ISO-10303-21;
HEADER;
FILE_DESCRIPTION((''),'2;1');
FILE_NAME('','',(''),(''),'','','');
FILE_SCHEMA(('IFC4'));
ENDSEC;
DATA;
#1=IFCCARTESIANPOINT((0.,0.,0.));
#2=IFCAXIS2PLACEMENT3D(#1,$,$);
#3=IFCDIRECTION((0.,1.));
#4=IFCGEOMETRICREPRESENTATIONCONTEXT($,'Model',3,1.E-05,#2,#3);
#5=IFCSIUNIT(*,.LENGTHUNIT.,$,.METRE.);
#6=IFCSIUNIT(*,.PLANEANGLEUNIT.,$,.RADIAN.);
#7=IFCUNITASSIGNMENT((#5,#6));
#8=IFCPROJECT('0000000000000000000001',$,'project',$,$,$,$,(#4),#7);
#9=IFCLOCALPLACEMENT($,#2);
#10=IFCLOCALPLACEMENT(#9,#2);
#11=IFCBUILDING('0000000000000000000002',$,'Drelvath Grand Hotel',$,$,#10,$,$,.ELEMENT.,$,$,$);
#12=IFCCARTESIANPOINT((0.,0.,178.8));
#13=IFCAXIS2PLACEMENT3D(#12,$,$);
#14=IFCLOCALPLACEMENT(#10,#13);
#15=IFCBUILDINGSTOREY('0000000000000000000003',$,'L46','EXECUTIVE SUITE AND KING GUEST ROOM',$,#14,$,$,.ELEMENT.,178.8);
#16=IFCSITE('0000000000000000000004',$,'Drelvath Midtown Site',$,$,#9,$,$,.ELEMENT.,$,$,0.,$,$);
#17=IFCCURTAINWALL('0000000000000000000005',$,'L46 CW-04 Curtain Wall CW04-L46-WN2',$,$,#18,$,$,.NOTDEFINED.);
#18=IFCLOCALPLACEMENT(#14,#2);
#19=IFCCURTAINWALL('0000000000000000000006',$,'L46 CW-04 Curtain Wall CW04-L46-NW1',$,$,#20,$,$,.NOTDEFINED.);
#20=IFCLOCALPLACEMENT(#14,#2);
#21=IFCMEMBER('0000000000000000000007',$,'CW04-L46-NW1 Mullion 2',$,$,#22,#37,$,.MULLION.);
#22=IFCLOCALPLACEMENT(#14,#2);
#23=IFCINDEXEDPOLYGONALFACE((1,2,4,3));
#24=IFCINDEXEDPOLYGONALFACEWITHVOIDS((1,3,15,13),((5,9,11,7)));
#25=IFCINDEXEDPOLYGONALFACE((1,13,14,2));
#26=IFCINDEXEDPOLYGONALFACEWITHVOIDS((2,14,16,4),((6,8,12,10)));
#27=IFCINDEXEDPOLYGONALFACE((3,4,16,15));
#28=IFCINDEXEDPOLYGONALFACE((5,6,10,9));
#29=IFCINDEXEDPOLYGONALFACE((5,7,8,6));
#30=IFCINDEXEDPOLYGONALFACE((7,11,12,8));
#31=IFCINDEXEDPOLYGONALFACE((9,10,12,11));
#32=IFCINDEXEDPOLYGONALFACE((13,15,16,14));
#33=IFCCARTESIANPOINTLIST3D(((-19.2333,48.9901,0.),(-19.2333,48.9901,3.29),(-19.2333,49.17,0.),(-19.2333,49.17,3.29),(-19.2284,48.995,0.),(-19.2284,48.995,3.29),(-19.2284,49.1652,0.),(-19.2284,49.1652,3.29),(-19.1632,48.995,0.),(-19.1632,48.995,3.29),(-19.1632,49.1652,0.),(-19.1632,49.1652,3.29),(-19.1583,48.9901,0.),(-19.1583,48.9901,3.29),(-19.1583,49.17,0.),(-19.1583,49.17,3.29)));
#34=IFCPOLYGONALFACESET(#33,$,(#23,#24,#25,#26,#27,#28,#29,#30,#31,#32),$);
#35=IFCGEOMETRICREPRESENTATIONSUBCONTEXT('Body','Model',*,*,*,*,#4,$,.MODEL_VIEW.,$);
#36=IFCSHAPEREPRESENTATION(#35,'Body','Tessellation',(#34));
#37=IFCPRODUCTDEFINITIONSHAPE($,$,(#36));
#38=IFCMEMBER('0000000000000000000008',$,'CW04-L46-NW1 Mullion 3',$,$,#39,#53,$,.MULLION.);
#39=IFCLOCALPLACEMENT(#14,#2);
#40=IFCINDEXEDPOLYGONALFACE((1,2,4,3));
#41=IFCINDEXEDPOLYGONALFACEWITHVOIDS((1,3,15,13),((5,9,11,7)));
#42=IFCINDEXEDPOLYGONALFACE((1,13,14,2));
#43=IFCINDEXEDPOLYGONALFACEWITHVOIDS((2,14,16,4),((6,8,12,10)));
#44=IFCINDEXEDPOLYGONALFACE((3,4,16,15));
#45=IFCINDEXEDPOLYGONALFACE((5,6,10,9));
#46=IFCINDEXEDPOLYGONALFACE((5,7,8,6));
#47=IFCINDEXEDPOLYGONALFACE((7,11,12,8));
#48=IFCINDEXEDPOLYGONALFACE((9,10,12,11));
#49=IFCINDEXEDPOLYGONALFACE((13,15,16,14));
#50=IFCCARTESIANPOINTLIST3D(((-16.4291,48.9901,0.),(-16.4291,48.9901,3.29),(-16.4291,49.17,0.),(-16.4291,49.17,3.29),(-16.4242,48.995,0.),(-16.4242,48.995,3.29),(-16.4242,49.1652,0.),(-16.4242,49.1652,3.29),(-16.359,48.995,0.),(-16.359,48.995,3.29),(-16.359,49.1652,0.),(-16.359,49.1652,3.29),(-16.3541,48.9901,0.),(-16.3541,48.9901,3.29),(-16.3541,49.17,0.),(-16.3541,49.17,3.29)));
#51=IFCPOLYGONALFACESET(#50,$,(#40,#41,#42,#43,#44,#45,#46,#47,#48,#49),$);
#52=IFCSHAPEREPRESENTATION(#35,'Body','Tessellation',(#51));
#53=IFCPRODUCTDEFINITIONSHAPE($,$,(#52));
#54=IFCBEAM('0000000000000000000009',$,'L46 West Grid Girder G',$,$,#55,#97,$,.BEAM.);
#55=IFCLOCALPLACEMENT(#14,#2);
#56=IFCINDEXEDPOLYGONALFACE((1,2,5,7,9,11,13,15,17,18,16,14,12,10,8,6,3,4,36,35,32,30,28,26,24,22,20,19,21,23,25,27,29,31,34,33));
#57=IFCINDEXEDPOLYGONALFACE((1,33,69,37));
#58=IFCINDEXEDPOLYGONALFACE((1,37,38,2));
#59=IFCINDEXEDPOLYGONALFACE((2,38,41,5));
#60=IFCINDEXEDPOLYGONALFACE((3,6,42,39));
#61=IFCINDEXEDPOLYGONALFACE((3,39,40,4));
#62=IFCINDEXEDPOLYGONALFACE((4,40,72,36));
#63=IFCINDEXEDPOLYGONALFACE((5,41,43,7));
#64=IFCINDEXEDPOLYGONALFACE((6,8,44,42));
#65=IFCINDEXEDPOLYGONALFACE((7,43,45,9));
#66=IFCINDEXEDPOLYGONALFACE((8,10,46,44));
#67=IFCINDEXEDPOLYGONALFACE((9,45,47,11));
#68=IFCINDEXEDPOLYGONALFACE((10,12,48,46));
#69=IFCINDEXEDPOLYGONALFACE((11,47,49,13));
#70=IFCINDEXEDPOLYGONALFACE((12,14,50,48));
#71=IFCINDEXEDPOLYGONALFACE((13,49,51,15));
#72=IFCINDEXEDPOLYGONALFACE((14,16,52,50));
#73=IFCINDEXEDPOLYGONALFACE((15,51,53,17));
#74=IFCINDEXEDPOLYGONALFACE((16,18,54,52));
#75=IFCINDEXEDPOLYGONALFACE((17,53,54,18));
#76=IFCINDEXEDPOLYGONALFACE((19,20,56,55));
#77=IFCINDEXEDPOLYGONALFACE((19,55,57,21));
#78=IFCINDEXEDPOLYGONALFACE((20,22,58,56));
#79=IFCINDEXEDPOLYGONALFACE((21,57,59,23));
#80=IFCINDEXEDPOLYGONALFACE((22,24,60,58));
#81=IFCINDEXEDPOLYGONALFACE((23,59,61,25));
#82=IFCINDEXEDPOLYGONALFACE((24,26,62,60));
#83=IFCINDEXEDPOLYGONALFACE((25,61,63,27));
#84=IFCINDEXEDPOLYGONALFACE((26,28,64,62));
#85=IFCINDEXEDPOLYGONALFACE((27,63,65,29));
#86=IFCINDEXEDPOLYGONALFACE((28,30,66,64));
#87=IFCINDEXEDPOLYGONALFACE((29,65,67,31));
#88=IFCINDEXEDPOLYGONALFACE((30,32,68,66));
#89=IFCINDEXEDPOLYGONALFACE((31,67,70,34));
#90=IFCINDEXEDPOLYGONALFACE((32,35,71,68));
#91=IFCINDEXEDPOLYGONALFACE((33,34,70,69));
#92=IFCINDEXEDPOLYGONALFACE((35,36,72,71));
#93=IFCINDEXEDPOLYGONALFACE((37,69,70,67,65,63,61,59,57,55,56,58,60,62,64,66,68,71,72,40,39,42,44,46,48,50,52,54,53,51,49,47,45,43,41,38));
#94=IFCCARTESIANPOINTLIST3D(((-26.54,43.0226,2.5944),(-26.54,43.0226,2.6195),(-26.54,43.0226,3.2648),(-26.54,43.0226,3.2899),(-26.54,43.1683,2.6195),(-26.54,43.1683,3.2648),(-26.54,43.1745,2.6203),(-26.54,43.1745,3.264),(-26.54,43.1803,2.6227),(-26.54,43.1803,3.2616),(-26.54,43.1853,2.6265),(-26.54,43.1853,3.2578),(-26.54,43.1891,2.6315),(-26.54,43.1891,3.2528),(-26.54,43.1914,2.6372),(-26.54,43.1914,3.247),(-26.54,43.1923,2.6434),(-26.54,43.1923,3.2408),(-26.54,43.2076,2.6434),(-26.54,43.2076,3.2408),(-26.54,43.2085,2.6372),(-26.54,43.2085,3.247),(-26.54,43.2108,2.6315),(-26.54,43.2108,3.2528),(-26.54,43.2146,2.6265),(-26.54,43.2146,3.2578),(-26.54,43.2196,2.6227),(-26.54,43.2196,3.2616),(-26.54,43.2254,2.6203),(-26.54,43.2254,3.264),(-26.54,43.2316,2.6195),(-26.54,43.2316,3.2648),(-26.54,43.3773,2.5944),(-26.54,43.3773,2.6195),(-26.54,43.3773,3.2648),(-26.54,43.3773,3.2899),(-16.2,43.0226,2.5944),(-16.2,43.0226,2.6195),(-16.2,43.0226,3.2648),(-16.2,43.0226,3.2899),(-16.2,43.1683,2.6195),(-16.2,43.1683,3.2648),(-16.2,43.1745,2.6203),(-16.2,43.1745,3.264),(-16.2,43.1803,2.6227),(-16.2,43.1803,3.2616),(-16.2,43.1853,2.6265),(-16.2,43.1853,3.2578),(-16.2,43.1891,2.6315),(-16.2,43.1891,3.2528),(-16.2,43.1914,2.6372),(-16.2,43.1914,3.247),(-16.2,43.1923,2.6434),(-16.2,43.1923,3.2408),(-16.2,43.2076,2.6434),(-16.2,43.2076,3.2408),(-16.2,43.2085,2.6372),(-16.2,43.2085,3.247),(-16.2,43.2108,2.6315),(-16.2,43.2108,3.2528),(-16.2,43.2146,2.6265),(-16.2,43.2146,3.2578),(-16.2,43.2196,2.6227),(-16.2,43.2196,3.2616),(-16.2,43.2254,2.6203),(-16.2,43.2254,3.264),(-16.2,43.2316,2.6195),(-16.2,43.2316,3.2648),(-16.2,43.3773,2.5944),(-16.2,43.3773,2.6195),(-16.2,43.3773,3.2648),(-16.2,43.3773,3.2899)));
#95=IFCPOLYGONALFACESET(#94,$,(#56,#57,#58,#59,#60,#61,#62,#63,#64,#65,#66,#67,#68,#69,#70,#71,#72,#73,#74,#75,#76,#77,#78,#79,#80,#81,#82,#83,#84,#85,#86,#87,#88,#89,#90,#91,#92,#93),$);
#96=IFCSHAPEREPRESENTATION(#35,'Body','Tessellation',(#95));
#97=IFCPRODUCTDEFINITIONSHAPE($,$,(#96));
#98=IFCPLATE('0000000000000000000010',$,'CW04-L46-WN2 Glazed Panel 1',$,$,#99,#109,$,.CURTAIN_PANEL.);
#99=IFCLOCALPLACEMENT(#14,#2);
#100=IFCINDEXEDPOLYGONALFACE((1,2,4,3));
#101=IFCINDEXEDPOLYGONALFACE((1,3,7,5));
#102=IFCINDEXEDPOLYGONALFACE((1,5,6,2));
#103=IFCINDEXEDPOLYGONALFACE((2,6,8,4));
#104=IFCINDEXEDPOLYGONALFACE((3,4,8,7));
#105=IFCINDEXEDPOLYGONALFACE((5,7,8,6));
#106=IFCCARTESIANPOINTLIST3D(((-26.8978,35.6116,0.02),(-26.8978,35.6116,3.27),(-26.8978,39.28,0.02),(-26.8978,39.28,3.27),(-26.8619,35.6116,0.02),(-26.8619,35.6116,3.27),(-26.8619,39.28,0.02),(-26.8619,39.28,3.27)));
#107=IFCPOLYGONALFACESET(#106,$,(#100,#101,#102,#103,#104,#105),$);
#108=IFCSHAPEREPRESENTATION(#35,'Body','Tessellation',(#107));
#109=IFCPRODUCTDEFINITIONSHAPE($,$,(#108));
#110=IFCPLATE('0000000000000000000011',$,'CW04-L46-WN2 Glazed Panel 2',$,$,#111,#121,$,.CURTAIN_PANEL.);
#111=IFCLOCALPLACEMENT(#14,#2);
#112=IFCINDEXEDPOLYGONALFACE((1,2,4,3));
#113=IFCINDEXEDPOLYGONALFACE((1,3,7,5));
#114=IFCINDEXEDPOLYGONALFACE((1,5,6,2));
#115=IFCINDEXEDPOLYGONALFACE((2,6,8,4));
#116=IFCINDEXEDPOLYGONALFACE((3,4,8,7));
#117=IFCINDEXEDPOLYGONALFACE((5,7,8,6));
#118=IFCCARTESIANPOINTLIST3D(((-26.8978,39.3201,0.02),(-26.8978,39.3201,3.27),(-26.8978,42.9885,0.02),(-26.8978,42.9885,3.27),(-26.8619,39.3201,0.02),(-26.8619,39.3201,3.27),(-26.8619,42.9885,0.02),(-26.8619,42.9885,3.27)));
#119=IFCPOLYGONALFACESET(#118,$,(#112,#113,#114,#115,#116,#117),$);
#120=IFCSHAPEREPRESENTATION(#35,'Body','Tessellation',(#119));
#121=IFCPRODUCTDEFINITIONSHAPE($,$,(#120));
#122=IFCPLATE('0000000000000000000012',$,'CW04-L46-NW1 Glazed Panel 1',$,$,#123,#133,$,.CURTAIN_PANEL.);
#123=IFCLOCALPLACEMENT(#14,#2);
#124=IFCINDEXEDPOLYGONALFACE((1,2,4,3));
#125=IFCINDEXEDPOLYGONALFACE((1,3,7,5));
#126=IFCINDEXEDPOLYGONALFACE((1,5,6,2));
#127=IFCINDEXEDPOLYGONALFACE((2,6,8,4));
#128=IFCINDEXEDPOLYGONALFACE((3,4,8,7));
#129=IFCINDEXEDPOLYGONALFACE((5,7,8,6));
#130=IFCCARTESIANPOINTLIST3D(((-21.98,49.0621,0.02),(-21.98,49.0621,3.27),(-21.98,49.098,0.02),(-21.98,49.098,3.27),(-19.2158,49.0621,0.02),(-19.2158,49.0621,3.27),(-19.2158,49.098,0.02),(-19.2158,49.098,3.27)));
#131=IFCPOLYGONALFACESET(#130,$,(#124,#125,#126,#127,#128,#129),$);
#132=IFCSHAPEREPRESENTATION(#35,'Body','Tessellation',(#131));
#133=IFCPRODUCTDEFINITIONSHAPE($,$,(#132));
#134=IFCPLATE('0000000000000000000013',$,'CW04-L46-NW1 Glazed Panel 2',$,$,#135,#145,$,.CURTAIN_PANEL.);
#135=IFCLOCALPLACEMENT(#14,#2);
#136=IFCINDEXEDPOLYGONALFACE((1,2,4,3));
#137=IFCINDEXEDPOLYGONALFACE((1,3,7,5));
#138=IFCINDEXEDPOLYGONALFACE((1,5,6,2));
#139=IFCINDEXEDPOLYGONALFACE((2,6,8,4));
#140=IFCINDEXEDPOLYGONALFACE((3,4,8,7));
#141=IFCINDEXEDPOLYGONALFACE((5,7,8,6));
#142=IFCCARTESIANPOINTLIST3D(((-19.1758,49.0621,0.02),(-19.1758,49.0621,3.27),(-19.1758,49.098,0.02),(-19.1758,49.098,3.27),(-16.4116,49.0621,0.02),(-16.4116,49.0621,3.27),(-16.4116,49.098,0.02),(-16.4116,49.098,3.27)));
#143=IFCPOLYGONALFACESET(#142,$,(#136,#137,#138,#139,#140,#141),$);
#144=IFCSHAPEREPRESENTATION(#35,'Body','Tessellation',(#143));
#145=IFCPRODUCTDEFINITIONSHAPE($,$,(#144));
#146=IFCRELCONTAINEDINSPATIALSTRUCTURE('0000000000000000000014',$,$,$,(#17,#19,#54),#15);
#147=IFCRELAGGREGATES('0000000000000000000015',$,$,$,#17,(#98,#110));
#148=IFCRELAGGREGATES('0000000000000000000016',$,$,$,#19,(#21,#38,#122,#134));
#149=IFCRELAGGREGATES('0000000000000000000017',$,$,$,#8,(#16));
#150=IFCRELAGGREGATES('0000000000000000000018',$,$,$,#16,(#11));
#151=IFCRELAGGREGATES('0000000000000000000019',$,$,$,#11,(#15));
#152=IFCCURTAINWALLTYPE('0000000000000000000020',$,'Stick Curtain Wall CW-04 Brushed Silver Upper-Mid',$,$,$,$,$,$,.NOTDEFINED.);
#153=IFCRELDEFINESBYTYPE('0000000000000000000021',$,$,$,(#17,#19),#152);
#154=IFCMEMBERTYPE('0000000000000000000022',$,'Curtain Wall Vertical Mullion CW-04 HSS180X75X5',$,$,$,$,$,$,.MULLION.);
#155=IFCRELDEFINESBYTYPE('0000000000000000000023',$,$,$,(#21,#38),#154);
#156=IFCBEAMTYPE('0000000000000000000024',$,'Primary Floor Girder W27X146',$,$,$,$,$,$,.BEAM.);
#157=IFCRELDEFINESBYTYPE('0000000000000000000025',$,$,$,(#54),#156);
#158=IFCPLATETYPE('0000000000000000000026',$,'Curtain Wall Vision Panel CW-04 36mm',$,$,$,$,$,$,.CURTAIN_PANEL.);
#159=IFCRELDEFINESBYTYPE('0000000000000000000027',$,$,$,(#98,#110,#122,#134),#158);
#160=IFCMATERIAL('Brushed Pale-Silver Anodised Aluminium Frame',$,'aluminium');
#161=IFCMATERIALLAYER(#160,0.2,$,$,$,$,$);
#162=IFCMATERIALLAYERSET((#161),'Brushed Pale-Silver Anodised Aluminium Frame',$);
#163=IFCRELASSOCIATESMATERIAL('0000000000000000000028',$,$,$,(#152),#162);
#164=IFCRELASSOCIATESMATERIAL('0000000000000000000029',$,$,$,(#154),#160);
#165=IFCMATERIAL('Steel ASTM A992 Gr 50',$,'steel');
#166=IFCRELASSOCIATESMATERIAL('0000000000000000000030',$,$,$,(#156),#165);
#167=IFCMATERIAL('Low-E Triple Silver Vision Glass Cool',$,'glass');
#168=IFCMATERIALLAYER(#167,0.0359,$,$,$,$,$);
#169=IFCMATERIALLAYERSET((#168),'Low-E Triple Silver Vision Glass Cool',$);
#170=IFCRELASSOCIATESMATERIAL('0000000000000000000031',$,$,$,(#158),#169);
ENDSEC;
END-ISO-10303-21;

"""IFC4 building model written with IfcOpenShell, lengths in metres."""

from ifc_helpers import new_model, si_unit, direction, frame, origin, origin_2d, place, context, subcontext, project, spatial, rectangle, hollow_rectangle, i_section, extrude, material, layer, layer_set, material_profile, profile_set, type_object, element, aggregate, save


model = new_model("IFC4")

# Units and contexts
model_context = context("Model", 3, precision=1e-05, world=origin(), true_north=direction((0.0, 1.0)))
body_context = subcontext(model_context, "Body", "Model", "MODEL_VIEW")
ifc_project = project(units=[si_unit("LENGTHUNIT", "METRE"), si_unit("PLANEANGLEUNIT", "RADIAN")], contexts=[model_context])

# Site, building, storey
site_placement = place(None, origin())
site = spatial("IfcSite", under=ifc_project, at=site_placement, Name="Drelvath Midtown Site", CompositionType="ELEMENT", RefElevation=0.0)
building_placement = place(site_placement, origin())
building = spatial("IfcBuilding", under=site, at=building_placement, Name="Drelvath Grand Hotel", CompositionType="ELEMENT")
storey_placement = place(building_placement, frame((0.0, 0.0, 178.8)))
storey = spatial("IfcBuildingStorey", under=building, at=storey_placement, Name="L46", Description="EXECUTIVE SUITE AND KING GUEST ROOM", CompositionType="ELEMENT", Elevation=178.8)

# Shared definitions
ifc_material_1 = material(Name="Steel ASTM A992 Gr 50", Category="steel")

# Curtain walls
ifc_material_2 = material(Name="Brushed Pale-Silver Anodised Aluminium Frame", Category="aluminium")
ifc_layer_1 = layer(ifc_material_2, 0.2)
ifc_layer_set_1 = layer_set([ifc_layer_1], Name="Brushed Pale-Silver Anodised Aluminium Frame")
curtain_wall_type = type_object("IfcCurtainWallType", Name="Stick Curtain Wall CW-04 Brushed Silver Upper-Mid", PredefinedType="NOTDEFINED", material=ifc_layer_set_1)
curtain_wall_1_placement = place(storey_placement, origin())
curtain_wall_1 = element("IfcCurtainWall", 1, at=curtain_wall_1_placement, inside=storey, type_object=curtain_wall_type, Name="L46 CW-04 Curtain Wall CW04-L46-WN2", PredefinedType="NOTDEFINED")
curtain_wall_2_placement = place(storey_placement, origin())
curtain_wall_2 = element("IfcCurtainWall", 2, at=curtain_wall_2_placement, inside=storey, type_object=curtain_wall_type, Name="L46 CW-04 Curtain Wall CW04-L46-NW1", PredefinedType="NOTDEFINED")

# Members
ifc_material_profile_1 = material_profile(ifc_material_2, hollow_rectangle(XDim=0.075, YDim=0.1799, WallThickness=0.0049, at=origin_2d()), Name="HSS180X75X5")
ifc_profile_set_1 = profile_set([ifc_material_profile_1], Name="Brushed Pale-Silver Anodised Aluminium Frame")
member_type_1 = type_object("IfcMemberType", Name="Curtain Wall Vertical Mullion CW-04 HSS180X75X5", PredefinedType="MULLION", material=ifc_profile_set_1)
member_1_placement = place(storey_placement, frame((-19.1958, 49.0801, 0.0), z_axis=(0.0, 0.0, 1.0), x_axis=(1.0, 0.0, 0.0)))
member_1 = element("IfcMember", 3, at=member_1_placement, type_object=member_type_1, Name="CW04-L46-NW1 Mullion 2", PredefinedType="MULLION", context=body_context, shape_type="SweptSolid", body=[
    extrude(hollow_rectangle(XDim=0.075, YDim=0.1799, WallThickness=0.0049, at=origin_2d()), origin(), (0.0, 0.0, 1.0), 3.29),
])
member_2_placement = place(storey_placement, frame((-16.3916, 49.0801, 0.0), z_axis=(0.0, 0.0, 1.0), x_axis=(1.0, 0.0, 0.0)))
member_2 = element("IfcMember", 4, at=member_2_placement, type_object=member_type_1, Name="CW04-L46-NW1 Mullion 3", PredefinedType="MULLION", context=body_context, shape_type="SweptSolid", body=[
    extrude(hollow_rectangle(XDim=0.075, YDim=0.1799, WallThickness=0.0049, at=origin_2d()), origin(), (0.0, 0.0, 1.0), 3.29),
])

# Beam
ifc_material_profile_2 = material_profile(ifc_material_1, i_section(OverallWidth=0.3547, OverallDepth=0.6956, WebThickness=0.0154, FlangeThickness=0.0251, FilletRadius=0.0239, at=origin_2d()), Name="W27X146")
ifc_profile_set_2 = profile_set([ifc_material_profile_2], Name="Steel ASTM A992 Gr 50")
beam_type_1 = type_object("IfcBeamType", Name="Primary Floor Girder W27X146", PredefinedType="BEAM", material=ifc_profile_set_2)
beam_1_placement = place(storey_placement, frame((-26.54, 43.2, 2.9421), z_axis=(1.0, 0.0, 0.0), x_axis=(0.0, 1.0, 0.0)))
element("IfcBeam", 5, at=beam_1_placement, inside=storey, type_object=beam_type_1, Name="L46 West Grid Girder G", PredefinedType="BEAM", context=body_context, shape_type="SweptSolid", body=[
    extrude(i_section(OverallWidth=0.3547, OverallDepth=0.6956, WebThickness=0.0154, FlangeThickness=0.0251, FilletRadius=0.0239, at=origin_2d()), origin(), (0.0, 0.0, 1.0), 10.3401),
])

# Plates
ifc_material_3 = material(Name="Low-E Triple Silver Vision Glass Cool", Category="glass")
ifc_layer_2 = layer(ifc_material_3, 0.0359)
ifc_layer_set_2 = layer_set([ifc_layer_2], Name="Low-E Triple Silver Vision Glass Cool")
plate_type = type_object("IfcPlateType", Name="Curtain Wall Vision Panel CW-04 36mm", PredefinedType="CURTAIN_PANEL", material=ifc_layer_set_2)
plate_1_placement = place(storey_placement, frame((-26.8799, 37.4458, 0.02), z_axis=(0.0, 0.0, 1.0), x_axis=(0.0, 1.0, 0.0)))
plate_1 = element("IfcPlate", 6, at=plate_1_placement, type_object=plate_type, Name="CW04-L46-WN2 Glazed Panel 1", PredefinedType="CURTAIN_PANEL", context=body_context, shape_type="SweptSolid", body=[
    extrude(rectangle(XDim=3.6685, YDim=0.0359, at=origin_2d()), origin(), (0.0, 0.0, 1.0), 3.25),
])
plate_2_placement = place(storey_placement, frame((-26.8799, 41.1543, 0.02), z_axis=(0.0, 0.0, 1.0), x_axis=(0.0, 1.0, 0.0)))
plate_2 = element("IfcPlate", 7, at=plate_2_placement, type_object=plate_type, Name="CW04-L46-WN2 Glazed Panel 2", PredefinedType="CURTAIN_PANEL", context=body_context, shape_type="SweptSolid", body=[
    extrude(rectangle(XDim=3.6685, YDim=0.0359, at=origin_2d()), origin(), (0.0, 0.0, 1.0), 3.25),
])
aggregate(curtain_wall_1, [plate_1, plate_2])
plate_3_placement = place(storey_placement, frame((-20.5979, 49.0801, 0.02), z_axis=(0.0, 0.0, 1.0), x_axis=(1.0, 0.0, 0.0)))
plate_3 = element("IfcPlate", 8, at=plate_3_placement, type_object=plate_type, Name="CW04-L46-NW1 Glazed Panel 1", PredefinedType="CURTAIN_PANEL", context=body_context, shape_type="SweptSolid", body=[
    extrude(rectangle(XDim=2.7642, YDim=0.0359, at=origin_2d()), origin(), (0.0, 0.0, 1.0), 3.25),
])
plate_4_placement = place(storey_placement, frame((-17.7937, 49.0801, 0.02), z_axis=(0.0, 0.0, 1.0), x_axis=(1.0, 0.0, 0.0)))
plate_4 = element("IfcPlate", 9, at=plate_4_placement, type_object=plate_type, Name="CW04-L46-NW1 Glazed Panel 2", PredefinedType="CURTAIN_PANEL", context=body_context, shape_type="SweptSolid", body=[
    extrude(rectangle(XDim=2.7642, YDim=0.0359, at=origin_2d()), origin(), (0.0, 0.0, 1.0), 3.25),
])
aggregate(curtain_wall_2, [member_1, member_2, plate_3, plate_4])

save(model, "model.ifc")
